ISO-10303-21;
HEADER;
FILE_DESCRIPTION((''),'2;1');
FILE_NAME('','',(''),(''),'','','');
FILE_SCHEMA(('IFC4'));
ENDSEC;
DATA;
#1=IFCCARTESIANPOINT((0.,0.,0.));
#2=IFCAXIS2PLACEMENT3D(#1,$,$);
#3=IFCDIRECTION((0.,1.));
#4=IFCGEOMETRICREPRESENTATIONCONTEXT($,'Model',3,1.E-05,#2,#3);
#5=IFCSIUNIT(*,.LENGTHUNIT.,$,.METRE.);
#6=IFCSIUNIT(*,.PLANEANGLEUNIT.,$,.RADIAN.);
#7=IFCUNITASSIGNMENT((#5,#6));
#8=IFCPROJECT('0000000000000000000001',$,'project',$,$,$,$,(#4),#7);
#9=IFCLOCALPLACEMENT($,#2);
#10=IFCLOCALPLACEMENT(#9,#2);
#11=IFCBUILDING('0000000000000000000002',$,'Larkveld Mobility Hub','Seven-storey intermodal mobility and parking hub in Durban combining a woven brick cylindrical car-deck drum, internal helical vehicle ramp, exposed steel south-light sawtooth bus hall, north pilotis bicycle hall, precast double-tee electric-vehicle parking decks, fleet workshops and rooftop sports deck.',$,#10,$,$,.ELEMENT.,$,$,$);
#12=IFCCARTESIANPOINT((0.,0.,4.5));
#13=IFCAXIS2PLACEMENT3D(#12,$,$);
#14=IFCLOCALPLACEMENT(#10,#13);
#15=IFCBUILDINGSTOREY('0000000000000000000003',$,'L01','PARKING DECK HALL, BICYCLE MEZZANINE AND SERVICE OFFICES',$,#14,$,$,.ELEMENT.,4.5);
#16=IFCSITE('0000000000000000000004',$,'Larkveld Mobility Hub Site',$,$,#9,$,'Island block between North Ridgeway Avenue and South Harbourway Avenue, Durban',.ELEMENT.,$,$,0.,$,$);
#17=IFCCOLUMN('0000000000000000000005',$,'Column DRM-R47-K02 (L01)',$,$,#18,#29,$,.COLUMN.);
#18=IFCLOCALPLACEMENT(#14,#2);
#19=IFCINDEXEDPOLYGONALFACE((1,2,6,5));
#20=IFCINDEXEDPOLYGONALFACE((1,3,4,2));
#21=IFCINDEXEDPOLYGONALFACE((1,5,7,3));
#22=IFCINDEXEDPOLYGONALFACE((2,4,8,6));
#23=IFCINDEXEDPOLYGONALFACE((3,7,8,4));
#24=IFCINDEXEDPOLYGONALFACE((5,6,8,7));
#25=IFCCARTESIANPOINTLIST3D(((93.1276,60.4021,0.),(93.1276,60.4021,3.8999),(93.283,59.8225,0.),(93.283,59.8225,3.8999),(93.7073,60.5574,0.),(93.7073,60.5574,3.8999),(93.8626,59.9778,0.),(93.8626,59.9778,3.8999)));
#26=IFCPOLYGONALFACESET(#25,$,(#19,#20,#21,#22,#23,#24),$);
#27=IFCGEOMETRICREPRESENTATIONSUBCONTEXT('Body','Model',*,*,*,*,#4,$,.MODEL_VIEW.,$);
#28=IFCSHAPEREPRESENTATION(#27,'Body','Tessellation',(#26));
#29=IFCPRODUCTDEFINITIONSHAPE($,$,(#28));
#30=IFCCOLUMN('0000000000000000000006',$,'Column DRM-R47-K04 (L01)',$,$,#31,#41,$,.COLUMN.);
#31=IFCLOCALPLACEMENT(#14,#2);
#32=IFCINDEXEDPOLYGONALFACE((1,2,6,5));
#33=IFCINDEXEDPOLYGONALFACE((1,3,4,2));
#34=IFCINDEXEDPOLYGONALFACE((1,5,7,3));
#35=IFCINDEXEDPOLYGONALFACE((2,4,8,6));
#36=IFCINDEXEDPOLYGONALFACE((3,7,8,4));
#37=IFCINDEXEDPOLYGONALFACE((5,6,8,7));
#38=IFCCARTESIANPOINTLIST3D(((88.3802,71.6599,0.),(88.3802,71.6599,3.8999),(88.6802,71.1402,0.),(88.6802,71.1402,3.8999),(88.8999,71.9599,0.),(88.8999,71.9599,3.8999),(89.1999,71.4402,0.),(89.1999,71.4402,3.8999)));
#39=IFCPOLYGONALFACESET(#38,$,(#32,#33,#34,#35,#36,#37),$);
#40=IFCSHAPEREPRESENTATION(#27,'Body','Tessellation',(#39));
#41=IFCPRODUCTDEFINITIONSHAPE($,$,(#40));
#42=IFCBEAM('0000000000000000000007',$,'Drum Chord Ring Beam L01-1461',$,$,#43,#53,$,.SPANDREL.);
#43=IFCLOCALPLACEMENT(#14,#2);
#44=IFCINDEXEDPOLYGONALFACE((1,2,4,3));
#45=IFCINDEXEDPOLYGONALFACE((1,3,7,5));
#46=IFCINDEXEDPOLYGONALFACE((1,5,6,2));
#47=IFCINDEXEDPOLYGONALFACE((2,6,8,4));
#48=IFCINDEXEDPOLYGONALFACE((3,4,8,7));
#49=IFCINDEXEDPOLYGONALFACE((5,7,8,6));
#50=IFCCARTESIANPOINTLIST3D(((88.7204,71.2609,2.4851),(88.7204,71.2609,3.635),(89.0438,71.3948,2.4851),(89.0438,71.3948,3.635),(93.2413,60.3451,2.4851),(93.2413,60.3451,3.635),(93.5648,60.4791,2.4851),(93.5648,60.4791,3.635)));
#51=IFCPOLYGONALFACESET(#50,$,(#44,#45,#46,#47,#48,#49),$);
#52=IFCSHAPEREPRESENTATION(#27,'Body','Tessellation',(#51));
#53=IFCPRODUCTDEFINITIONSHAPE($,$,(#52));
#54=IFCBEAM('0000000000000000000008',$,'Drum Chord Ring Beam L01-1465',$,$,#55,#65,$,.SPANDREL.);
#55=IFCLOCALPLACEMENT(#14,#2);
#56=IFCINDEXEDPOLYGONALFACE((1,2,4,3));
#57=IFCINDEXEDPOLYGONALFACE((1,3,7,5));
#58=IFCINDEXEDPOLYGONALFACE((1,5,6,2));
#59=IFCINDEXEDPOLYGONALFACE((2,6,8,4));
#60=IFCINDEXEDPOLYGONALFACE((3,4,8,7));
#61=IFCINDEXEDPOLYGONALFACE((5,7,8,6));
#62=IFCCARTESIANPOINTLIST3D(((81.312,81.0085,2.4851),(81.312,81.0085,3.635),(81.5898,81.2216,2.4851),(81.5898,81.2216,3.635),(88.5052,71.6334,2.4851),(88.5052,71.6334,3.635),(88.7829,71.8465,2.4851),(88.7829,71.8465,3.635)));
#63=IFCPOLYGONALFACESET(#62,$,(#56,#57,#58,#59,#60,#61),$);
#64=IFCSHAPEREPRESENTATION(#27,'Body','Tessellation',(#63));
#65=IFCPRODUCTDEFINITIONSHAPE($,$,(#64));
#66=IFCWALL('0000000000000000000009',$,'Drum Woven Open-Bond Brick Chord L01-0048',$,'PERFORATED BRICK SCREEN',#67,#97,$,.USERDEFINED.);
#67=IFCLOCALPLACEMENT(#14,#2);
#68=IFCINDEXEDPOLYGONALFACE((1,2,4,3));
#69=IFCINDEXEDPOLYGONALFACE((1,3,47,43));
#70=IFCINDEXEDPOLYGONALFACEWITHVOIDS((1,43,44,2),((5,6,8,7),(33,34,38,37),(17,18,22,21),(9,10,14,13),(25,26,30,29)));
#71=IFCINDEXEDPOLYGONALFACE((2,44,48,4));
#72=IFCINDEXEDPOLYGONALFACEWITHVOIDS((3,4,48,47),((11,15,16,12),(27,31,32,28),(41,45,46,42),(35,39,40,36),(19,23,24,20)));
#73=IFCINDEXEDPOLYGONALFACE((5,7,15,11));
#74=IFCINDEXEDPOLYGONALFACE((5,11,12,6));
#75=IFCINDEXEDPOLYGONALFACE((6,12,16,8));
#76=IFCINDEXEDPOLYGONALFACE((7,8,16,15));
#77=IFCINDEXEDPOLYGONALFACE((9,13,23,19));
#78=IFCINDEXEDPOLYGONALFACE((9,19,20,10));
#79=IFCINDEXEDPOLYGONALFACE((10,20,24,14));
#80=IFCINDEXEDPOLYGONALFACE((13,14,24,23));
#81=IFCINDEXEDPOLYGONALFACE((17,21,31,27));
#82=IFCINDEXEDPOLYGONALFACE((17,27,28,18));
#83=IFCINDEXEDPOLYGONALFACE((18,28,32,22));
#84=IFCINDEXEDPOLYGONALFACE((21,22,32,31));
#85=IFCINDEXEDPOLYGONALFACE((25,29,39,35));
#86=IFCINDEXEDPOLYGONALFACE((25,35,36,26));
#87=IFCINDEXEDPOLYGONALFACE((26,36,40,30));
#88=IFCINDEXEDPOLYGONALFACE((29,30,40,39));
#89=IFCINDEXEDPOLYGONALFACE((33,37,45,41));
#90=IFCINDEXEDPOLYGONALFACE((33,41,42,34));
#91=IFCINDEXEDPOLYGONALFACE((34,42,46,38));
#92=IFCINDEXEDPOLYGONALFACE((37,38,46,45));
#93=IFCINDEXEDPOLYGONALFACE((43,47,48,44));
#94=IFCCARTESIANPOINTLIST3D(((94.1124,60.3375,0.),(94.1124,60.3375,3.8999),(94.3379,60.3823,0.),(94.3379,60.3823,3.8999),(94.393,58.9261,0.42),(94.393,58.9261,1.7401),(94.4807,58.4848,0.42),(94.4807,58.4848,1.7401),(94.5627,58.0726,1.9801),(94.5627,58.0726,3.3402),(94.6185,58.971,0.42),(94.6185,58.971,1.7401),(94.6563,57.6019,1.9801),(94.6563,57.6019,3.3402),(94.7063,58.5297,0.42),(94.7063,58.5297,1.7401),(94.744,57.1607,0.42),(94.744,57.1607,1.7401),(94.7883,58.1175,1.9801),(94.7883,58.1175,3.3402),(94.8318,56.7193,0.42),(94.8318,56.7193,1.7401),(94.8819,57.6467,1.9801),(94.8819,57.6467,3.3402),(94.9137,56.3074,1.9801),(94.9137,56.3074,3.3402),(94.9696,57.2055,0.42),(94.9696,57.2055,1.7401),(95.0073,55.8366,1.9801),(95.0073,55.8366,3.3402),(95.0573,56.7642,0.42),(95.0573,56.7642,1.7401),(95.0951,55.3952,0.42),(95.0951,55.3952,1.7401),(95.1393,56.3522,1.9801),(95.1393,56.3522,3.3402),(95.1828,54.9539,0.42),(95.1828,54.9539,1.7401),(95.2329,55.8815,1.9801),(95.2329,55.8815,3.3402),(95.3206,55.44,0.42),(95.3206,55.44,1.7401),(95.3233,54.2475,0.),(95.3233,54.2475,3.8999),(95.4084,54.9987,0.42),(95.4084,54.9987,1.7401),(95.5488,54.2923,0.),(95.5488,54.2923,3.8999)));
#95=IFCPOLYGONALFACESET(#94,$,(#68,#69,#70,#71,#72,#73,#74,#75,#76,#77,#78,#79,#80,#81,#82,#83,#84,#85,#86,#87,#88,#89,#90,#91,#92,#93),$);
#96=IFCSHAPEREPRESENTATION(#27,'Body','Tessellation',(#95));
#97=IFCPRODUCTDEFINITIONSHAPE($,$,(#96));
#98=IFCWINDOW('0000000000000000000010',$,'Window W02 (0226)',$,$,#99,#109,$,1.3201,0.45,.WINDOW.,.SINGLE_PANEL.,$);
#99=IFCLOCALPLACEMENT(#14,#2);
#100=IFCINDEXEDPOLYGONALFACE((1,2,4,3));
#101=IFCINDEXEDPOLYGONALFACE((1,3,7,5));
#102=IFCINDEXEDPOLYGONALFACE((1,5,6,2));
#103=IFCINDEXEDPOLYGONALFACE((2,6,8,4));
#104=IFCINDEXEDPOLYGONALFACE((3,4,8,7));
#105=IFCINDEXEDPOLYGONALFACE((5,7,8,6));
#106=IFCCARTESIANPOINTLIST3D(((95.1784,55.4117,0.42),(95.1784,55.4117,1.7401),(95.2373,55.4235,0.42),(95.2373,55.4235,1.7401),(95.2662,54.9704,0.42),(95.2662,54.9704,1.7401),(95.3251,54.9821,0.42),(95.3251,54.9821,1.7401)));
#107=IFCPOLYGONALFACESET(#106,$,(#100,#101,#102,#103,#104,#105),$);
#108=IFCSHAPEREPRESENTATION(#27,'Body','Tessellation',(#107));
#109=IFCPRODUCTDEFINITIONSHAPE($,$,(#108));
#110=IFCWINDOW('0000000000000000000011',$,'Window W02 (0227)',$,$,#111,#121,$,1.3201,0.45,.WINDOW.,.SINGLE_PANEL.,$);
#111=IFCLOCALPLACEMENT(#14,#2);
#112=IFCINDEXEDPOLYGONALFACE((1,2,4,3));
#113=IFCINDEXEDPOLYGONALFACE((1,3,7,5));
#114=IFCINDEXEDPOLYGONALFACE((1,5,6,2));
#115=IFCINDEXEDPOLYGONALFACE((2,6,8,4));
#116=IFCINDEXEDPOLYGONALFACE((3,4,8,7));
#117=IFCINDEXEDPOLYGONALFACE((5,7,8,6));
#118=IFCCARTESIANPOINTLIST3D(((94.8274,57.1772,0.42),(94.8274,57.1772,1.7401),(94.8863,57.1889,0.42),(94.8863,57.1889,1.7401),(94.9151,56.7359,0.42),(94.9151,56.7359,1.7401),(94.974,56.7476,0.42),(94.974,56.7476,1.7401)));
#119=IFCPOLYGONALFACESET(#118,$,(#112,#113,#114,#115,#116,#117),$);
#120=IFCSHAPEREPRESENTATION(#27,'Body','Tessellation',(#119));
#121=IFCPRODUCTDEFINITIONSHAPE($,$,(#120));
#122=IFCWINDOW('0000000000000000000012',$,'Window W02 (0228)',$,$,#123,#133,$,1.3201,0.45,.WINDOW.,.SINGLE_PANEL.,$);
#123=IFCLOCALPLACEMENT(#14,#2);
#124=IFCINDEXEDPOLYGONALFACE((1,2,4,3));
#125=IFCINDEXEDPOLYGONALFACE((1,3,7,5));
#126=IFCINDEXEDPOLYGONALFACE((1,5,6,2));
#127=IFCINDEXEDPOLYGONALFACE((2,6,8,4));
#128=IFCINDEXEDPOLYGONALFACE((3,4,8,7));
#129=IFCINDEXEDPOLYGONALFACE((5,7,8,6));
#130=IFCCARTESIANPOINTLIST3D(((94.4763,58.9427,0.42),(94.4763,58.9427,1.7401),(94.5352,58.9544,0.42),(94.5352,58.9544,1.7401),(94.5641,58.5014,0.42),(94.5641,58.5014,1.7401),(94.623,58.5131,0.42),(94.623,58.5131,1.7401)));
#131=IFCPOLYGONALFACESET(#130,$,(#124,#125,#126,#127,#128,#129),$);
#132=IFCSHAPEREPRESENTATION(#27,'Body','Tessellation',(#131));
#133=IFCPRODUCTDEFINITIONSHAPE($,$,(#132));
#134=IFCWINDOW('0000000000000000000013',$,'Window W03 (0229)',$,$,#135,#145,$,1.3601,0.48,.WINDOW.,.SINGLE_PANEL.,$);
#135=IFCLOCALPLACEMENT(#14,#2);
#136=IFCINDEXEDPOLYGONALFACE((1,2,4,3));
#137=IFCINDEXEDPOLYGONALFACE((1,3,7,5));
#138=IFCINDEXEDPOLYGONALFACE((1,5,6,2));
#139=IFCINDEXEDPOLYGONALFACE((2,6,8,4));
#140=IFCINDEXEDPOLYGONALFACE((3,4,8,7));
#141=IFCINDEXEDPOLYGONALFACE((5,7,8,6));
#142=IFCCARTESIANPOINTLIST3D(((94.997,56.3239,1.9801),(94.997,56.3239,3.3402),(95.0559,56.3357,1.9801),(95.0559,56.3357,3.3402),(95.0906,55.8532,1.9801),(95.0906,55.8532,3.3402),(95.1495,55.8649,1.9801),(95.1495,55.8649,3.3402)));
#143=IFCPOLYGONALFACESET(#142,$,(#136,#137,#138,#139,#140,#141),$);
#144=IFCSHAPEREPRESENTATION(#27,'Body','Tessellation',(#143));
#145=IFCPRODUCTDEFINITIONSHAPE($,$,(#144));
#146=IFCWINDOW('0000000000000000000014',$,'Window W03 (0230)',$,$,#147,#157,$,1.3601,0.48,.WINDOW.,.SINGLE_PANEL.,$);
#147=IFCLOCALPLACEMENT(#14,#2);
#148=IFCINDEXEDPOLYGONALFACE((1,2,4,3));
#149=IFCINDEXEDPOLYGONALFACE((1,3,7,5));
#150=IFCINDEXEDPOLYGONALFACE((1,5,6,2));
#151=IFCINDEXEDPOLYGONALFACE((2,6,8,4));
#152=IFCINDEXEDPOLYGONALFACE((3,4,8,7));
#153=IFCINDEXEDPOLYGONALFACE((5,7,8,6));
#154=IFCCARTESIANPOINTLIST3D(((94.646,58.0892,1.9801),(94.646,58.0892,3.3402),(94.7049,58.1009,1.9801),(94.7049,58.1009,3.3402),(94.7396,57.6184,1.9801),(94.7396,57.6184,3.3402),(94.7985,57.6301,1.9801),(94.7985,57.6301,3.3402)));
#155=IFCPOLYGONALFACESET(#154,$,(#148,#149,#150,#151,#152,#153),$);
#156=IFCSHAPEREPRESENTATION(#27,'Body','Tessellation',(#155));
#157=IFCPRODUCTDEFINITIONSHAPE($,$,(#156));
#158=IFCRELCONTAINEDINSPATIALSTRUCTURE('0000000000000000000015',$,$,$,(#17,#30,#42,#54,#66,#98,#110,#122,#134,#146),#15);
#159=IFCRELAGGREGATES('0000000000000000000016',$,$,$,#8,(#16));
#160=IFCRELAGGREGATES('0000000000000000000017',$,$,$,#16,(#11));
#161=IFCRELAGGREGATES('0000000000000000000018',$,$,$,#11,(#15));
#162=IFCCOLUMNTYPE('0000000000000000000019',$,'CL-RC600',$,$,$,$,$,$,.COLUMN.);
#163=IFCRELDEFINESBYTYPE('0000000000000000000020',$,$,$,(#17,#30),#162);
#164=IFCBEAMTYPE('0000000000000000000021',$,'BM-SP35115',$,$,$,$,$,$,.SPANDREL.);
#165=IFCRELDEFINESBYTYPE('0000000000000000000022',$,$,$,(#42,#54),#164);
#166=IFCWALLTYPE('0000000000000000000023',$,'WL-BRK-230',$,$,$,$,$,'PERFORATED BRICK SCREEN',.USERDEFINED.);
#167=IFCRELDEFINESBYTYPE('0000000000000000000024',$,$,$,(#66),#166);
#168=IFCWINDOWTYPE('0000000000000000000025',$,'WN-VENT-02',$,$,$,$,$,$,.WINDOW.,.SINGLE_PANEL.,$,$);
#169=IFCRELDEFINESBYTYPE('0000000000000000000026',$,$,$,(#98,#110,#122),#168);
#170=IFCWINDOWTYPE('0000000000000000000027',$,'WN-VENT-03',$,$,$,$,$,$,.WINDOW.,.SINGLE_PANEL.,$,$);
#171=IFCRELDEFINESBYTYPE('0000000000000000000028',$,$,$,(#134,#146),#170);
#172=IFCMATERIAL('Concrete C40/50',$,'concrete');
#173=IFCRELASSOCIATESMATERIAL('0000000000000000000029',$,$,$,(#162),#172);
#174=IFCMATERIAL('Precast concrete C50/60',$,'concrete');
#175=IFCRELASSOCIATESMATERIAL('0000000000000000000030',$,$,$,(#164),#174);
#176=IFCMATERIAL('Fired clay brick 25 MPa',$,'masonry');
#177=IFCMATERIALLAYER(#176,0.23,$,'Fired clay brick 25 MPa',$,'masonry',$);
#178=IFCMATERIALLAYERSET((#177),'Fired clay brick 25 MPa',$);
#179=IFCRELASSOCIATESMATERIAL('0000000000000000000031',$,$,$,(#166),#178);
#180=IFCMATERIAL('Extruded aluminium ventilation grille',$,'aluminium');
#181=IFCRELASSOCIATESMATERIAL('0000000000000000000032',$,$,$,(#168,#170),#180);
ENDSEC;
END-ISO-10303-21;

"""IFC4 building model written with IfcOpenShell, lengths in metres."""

from ifc_helpers import new_model, si_unit, direction, frame, frame_2d, origin, origin_2d, place, context, subcontext, project, spatial, rectangle, extrude, material, layer, layer_set, material_profile, profile_set, type_object, element, fill, save


model = new_model("IFC4")

# Units and contexts
model_context = context("Model", 3, precision=1e-05, world=origin(), true_north=direction((0.0, 1.0)))
body_context = subcontext(model_context, "Body", "Model", "MODEL_VIEW")
ifc_project = project(units=[si_unit("LENGTHUNIT", "METRE"), si_unit("PLANEANGLEUNIT", "RADIAN")], contexts=[model_context])

# Site, building, storey
site_placement = place(None, origin())
site = spatial("IfcSite", under=ifc_project, at=site_placement, Name="Larkveld Mobility Hub Site", LongName="Island block between North Ridgeway Avenue and South Harbourway Avenue, Durban", CompositionType="ELEMENT", RefElevation=0.0)
building_placement = place(site_placement, origin())
building = spatial("IfcBuilding", under=site, at=building_placement, Name="Larkveld Mobility Hub", Description="Seven-storey intermodal mobility and parking hub in Durban combining a woven brick cylindrical car-deck drum, internal helical vehicle ramp, exposed steel south-light sawtooth bus hall, north pilotis bicycle hall, precast double-tee electric-vehicle parking decks, fleet workshops and rooftop sports deck.", CompositionType="ELEMENT")
storey_placement = place(building_placement, frame((0.0, 0.0, 4.5)))
storey = spatial("IfcBuildingStorey", under=building, at=storey_placement, Name="L01", Description="PARKING DECK HALL, BICYCLE MEZZANINE AND SERVICE OFFICES", CompositionType="ELEMENT", Elevation=4.5)

# Columns
ifc_material_1 = material(Name="Concrete C40/50", Category="concrete")
ifc_material_profile_1 = material_profile(ifc_material_1, rectangle(XDim=0.6001, YDim=0.6001, at=origin_2d()), Name="RC COL 600x600")
ifc_profile_set_1 = profile_set([ifc_material_profile_1], Name="Concrete C40/50")
column_type = type_object("IfcColumnType", Name="CL-RC600", PredefinedType="COLUMN", material=ifc_profile_set_1)
for number, where, z_axis, x_axis, name in (
    (1, (93.4951, 60.1899, 0.0), (0.0, 0.0, 1.0), (0.965926, 0.258819, 0.0), "Column DRM-R47-K02 (L01)"),
    (2, (88.79, 71.55, 0.0), (0.0, 0.0, 1.0), (0.866025, 0.5, 0.0), "Column DRM-R47-K04 (L01)"),
):
    element("IfcColumn", number, at=place(storey_placement, frame(where, z_axis=z_axis, x_axis=x_axis)), inside=storey, type_object=column_type, Name=name, PredefinedType="COLUMN", context=body_context, shape_type="SweptSolid", body=[
        extrude(rectangle(XDim=0.6001, YDim=0.6001, at=origin_2d()), origin(), (0.0, 0.0, 1.0), 3.8999),
    ])

# Beams
ifc_material_2 = material(Name="Precast concrete C50/60", Category="concrete")
ifc_material_profile_2 = material_profile(ifc_material_2, rectangle(XDim=0.3501, YDim=1.1499, at=origin_2d()), Name="PC SP 350x1150")
ifc_profile_set_2 = profile_set([ifc_material_profile_2], Name="Precast concrete C50/60")
beam_type = type_object("IfcBeamType", Name="BM-SP35115", PredefinedType="SPANDREL", material=ifc_profile_set_2)
beam_1_placement = place(storey_placement, frame((93.4031, 60.4121, 3.0601), z_axis=(-0.38265, 0.923893, 0.0), x_axis=(-0.923893, -0.38265, 0.0)))
element("IfcBeam", 3, at=beam_1_placement, inside=storey, type_object=beam_type, Name="Drum Chord Ring Beam L01-1461", PredefinedType="SPANDREL", context=body_context, shape_type="SweptSolid", body=[
    extrude(rectangle(XDim=0.3501, YDim=1.1499, at=origin_2d()), origin(), (0.0, 0.0, 1.0), 11.8149),
])
beam_2_placement = place(storey_placement, frame((88.644, 71.74, 3.0601), z_axis=(-0.608731, 0.793377, 0.0), x_axis=(-0.793377, -0.608731, 0.0)))
element("IfcBeam", 4, at=beam_2_placement, inside=storey, type_object=beam_type, Name="Drum Chord Ring Beam L01-1465", PredefinedType="SPANDREL", context=body_context, shape_type="SweptSolid", body=[
    extrude(rectangle(XDim=0.3501, YDim=1.1499, at=origin_2d()), origin(), (0.0, 0.0, 1.0), 11.8167),
])

# Wall, openings, windows
ifc_material_3 = material(Name="Fired clay brick 25 MPa", Category="masonry")
ifc_layer_1 = layer(ifc_material_3, 0.23, Name="Fired clay brick 25 MPa", Category="masonry")
ifc_layer_set_1 = layer_set([ifc_layer_1], Name="Fired clay brick 25 MPa")
wall_type_1 = type_object("IfcWallType", Name="WL-BRK-230", ElementType="PERFORATED BRICK SCREEN", PredefinedType="USERDEFINED", material=ifc_layer_set_1)
wall_1_placement = place(storey_placement, frame((95.436, 54.27, 0.0), z_axis=(0.0, 0.0, 1.0), x_axis=(-0.19502, 0.980799, 0.0)))
wall_1 = element("IfcWall", 5, at=wall_1_placement, inside=storey, type_object=wall_type_1, Name="Drum Woven Open-Bond Brick Chord L01-0048", ObjectType="PERFORATED BRICK SCREEN", PredefinedType="USERDEFINED", context=body_context, shape_type="SweptSolid", body=[
    extrude(rectangle(XDim=6.2092, YDim=0.23, at=frame_2d((3.1045, 0.0))), origin(), (0.0, 0.0, 1.0), 3.8999),
])
opening_1_placement = place(wall_1_placement, frame((0.72, 0.0, 0.4199)))
opening_1 = element("IfcOpeningElement", 6, at=opening_1_placement, cuts=wall_1, PredefinedType="OPENING", context=body_context, shape_type="SweptSolid", body=[
    extrude(rectangle(XDim=0.45, YDim=1.3201, at=frame_2d((0.2251, 0.6602))), frame((0.0, 0.125, 0.0), z_axis=(0.0, -1.0, 0.0), x_axis=(1.0, 0.0, 0.0)), (0.0, 0.0, 1.0), 0.25),
])
opening_2_placement = place(wall_1_placement, frame((2.52, 0.0, 0.4199)))
opening_2 = element("IfcOpeningElement", 7, at=opening_2_placement, cuts=wall_1, PredefinedType="OPENING", context=body_context, shape_type="SweptSolid", body=[
    extrude(rectangle(XDim=0.45, YDim=1.3201, at=frame_2d((0.2251, 0.6602))), frame((0.0, 0.125, 0.0), z_axis=(0.0, -1.0, 0.0), x_axis=(1.0, 0.0, 0.0)), (0.0, 0.0, 1.0), 0.25),
])
opening_3_placement = place(wall_1_placement, frame((4.3201, 0.0, 0.4199)))
opening_3 = element("IfcOpeningElement", 8, at=opening_3_placement, cuts=wall_1, PredefinedType="OPENING", context=body_context, shape_type="SweptSolid", body=[
    extrude(rectangle(XDim=0.45, YDim=1.3201, at=frame_2d((0.2251, 0.6602))), frame((0.0, 0.125, 0.0), z_axis=(0.0, -1.0, 0.0), x_axis=(1.0, 0.0, 0.0)), (0.0, 0.0, 1.0), 0.25),
])
opening_4_placement = place(wall_1_placement, frame((1.6201, 0.0, 1.98)))
opening_4 = element("IfcOpeningElement", 9, at=opening_4_placement, cuts=wall_1, PredefinedType="OPENING", context=body_context, shape_type="SweptSolid", body=[
    extrude(rectangle(XDim=0.48, YDim=1.3601, at=frame_2d((0.24, 0.6802))), frame((0.0, 0.125, 0.0), z_axis=(0.0, -1.0, 0.0), x_axis=(1.0, 0.0, 0.0)), (0.0, 0.0, 1.0), 0.25),
])
opening_5_placement = place(wall_1_placement, frame((3.4199, 0.0, 1.98)))
opening_5 = element("IfcOpeningElement", 10, at=opening_5_placement, cuts=wall_1, PredefinedType="OPENING", context=body_context, shape_type="SweptSolid", body=[
    extrude(rectangle(XDim=0.48, YDim=1.3601, at=frame_2d((0.24, 0.6802))), frame((0.0, 0.125, 0.0), z_axis=(0.0, -1.0, 0.0), x_axis=(1.0, 0.0, 0.0)), (0.0, 0.0, 1.0), 0.25),
])
ifc_material_4 = material(Name="Extruded aluminium ventilation grille", Category="aluminium")
window_type_1 = type_object("IfcWindowType", Name="WN-VENT-02", PartitioningType="SINGLE_PANEL", PredefinedType="WINDOW", material=ifc_material_4)
window_1_placement = place(opening_1_placement, origin())
window_1 = element("IfcWindow", 11, at=window_1_placement, inside=storey, type_object=window_type_1, Name="Window W02 (0226)", OverallHeight=1.3201, OverallWidth=0.45, PartitioningType="SINGLE_PANEL", PredefinedType="WINDOW", context=body_context, shape_type="SweptSolid", body=[
    extrude(rectangle(XDim=0.45, YDim=1.3201, at=frame_2d((0.2251, 0.6602))), frame((0.0, 0.03, 0.0), z_axis=(0.0, -1.0, 0.0), x_axis=(1.0, 0.0, 0.0)), (0.0, 0.0, 1.0), 0.0601),
])
fill(opening_1, window_1)
window_2_placement = place(opening_2_placement, origin())
window_2 = element("IfcWindow", 12, at=window_2_placement, inside=storey, type_object=window_type_1, Name="Window W02 (0227)", OverallHeight=1.3201, OverallWidth=0.45, PartitioningType="SINGLE_PANEL", PredefinedType="WINDOW", context=body_context, shape_type="SweptSolid", body=[
    extrude(rectangle(XDim=0.45, YDim=1.3201, at=frame_2d((0.2251, 0.6602))), frame((0.0, 0.03, 0.0), z_axis=(0.0, -1.0, 0.0), x_axis=(1.0, 0.0, 0.0)), (0.0, 0.0, 1.0), 0.0601),
])
fill(opening_2, window_2)
window_3_placement = place(opening_3_placement, origin())
window_3 = element("IfcWindow", 13, at=window_3_placement, inside=storey, type_object=window_type_1, Name="Window W02 (0228)", OverallHeight=1.3201, OverallWidth=0.45, PartitioningType="SINGLE_PANEL", PredefinedType="WINDOW", context=body_context, shape_type="SweptSolid", body=[
    extrude(rectangle(XDim=0.45, YDim=1.3201, at=frame_2d((0.2251, 0.6602))), frame((0.0, 0.03, 0.0), z_axis=(0.0, -1.0, 0.0), x_axis=(1.0, 0.0, 0.0)), (0.0, 0.0, 1.0), 0.0601),
])
fill(opening_3, window_3)
window_type_2 = type_object("IfcWindowType", Name="WN-VENT-03", PartitioningType="SINGLE_PANEL", PredefinedType="WINDOW", material=ifc_material_4)
window_4_placement = place(opening_4_placement, origin())
window_4 = element("IfcWindow", 14, at=window_4_placement, inside=storey, type_object=window_type_2, Name="Window W03 (0229)", OverallHeight=1.3601, OverallWidth=0.48, PartitioningType="SINGLE_PANEL", PredefinedType="WINDOW", context=body_context, shape_type="SweptSolid", body=[
    extrude(rectangle(XDim=0.48, YDim=1.3601, at=frame_2d((0.24, 0.6802))), frame((0.0, 0.03, 0.0), z_axis=(0.0, -1.0, 0.0), x_axis=(1.0, 0.0, 0.0)), (0.0, 0.0, 1.0), 0.0601),
])
fill(opening_4, window_4)
window_5_placement = place(opening_5_placement, origin())
window_5 = element("IfcWindow", 15, at=window_5_placement, inside=storey, type_object=window_type_2, Name="Window W03 (0230)", OverallHeight=1.3601, OverallWidth=0.48, PartitioningType="SINGLE_PANEL", PredefinedType="WINDOW", context=body_context, shape_type="SweptSolid", body=[
    extrude(rectangle(XDim=0.48, YDim=1.3601, at=frame_2d((0.24, 0.6802))), frame((0.0, 0.03, 0.0), z_axis=(0.0, -1.0, 0.0), x_axis=(1.0, 0.0, 0.0)), (0.0, 0.0, 1.0), 0.0601),
])
fill(opening_5, window_5)

save(model, "model.ifc")
